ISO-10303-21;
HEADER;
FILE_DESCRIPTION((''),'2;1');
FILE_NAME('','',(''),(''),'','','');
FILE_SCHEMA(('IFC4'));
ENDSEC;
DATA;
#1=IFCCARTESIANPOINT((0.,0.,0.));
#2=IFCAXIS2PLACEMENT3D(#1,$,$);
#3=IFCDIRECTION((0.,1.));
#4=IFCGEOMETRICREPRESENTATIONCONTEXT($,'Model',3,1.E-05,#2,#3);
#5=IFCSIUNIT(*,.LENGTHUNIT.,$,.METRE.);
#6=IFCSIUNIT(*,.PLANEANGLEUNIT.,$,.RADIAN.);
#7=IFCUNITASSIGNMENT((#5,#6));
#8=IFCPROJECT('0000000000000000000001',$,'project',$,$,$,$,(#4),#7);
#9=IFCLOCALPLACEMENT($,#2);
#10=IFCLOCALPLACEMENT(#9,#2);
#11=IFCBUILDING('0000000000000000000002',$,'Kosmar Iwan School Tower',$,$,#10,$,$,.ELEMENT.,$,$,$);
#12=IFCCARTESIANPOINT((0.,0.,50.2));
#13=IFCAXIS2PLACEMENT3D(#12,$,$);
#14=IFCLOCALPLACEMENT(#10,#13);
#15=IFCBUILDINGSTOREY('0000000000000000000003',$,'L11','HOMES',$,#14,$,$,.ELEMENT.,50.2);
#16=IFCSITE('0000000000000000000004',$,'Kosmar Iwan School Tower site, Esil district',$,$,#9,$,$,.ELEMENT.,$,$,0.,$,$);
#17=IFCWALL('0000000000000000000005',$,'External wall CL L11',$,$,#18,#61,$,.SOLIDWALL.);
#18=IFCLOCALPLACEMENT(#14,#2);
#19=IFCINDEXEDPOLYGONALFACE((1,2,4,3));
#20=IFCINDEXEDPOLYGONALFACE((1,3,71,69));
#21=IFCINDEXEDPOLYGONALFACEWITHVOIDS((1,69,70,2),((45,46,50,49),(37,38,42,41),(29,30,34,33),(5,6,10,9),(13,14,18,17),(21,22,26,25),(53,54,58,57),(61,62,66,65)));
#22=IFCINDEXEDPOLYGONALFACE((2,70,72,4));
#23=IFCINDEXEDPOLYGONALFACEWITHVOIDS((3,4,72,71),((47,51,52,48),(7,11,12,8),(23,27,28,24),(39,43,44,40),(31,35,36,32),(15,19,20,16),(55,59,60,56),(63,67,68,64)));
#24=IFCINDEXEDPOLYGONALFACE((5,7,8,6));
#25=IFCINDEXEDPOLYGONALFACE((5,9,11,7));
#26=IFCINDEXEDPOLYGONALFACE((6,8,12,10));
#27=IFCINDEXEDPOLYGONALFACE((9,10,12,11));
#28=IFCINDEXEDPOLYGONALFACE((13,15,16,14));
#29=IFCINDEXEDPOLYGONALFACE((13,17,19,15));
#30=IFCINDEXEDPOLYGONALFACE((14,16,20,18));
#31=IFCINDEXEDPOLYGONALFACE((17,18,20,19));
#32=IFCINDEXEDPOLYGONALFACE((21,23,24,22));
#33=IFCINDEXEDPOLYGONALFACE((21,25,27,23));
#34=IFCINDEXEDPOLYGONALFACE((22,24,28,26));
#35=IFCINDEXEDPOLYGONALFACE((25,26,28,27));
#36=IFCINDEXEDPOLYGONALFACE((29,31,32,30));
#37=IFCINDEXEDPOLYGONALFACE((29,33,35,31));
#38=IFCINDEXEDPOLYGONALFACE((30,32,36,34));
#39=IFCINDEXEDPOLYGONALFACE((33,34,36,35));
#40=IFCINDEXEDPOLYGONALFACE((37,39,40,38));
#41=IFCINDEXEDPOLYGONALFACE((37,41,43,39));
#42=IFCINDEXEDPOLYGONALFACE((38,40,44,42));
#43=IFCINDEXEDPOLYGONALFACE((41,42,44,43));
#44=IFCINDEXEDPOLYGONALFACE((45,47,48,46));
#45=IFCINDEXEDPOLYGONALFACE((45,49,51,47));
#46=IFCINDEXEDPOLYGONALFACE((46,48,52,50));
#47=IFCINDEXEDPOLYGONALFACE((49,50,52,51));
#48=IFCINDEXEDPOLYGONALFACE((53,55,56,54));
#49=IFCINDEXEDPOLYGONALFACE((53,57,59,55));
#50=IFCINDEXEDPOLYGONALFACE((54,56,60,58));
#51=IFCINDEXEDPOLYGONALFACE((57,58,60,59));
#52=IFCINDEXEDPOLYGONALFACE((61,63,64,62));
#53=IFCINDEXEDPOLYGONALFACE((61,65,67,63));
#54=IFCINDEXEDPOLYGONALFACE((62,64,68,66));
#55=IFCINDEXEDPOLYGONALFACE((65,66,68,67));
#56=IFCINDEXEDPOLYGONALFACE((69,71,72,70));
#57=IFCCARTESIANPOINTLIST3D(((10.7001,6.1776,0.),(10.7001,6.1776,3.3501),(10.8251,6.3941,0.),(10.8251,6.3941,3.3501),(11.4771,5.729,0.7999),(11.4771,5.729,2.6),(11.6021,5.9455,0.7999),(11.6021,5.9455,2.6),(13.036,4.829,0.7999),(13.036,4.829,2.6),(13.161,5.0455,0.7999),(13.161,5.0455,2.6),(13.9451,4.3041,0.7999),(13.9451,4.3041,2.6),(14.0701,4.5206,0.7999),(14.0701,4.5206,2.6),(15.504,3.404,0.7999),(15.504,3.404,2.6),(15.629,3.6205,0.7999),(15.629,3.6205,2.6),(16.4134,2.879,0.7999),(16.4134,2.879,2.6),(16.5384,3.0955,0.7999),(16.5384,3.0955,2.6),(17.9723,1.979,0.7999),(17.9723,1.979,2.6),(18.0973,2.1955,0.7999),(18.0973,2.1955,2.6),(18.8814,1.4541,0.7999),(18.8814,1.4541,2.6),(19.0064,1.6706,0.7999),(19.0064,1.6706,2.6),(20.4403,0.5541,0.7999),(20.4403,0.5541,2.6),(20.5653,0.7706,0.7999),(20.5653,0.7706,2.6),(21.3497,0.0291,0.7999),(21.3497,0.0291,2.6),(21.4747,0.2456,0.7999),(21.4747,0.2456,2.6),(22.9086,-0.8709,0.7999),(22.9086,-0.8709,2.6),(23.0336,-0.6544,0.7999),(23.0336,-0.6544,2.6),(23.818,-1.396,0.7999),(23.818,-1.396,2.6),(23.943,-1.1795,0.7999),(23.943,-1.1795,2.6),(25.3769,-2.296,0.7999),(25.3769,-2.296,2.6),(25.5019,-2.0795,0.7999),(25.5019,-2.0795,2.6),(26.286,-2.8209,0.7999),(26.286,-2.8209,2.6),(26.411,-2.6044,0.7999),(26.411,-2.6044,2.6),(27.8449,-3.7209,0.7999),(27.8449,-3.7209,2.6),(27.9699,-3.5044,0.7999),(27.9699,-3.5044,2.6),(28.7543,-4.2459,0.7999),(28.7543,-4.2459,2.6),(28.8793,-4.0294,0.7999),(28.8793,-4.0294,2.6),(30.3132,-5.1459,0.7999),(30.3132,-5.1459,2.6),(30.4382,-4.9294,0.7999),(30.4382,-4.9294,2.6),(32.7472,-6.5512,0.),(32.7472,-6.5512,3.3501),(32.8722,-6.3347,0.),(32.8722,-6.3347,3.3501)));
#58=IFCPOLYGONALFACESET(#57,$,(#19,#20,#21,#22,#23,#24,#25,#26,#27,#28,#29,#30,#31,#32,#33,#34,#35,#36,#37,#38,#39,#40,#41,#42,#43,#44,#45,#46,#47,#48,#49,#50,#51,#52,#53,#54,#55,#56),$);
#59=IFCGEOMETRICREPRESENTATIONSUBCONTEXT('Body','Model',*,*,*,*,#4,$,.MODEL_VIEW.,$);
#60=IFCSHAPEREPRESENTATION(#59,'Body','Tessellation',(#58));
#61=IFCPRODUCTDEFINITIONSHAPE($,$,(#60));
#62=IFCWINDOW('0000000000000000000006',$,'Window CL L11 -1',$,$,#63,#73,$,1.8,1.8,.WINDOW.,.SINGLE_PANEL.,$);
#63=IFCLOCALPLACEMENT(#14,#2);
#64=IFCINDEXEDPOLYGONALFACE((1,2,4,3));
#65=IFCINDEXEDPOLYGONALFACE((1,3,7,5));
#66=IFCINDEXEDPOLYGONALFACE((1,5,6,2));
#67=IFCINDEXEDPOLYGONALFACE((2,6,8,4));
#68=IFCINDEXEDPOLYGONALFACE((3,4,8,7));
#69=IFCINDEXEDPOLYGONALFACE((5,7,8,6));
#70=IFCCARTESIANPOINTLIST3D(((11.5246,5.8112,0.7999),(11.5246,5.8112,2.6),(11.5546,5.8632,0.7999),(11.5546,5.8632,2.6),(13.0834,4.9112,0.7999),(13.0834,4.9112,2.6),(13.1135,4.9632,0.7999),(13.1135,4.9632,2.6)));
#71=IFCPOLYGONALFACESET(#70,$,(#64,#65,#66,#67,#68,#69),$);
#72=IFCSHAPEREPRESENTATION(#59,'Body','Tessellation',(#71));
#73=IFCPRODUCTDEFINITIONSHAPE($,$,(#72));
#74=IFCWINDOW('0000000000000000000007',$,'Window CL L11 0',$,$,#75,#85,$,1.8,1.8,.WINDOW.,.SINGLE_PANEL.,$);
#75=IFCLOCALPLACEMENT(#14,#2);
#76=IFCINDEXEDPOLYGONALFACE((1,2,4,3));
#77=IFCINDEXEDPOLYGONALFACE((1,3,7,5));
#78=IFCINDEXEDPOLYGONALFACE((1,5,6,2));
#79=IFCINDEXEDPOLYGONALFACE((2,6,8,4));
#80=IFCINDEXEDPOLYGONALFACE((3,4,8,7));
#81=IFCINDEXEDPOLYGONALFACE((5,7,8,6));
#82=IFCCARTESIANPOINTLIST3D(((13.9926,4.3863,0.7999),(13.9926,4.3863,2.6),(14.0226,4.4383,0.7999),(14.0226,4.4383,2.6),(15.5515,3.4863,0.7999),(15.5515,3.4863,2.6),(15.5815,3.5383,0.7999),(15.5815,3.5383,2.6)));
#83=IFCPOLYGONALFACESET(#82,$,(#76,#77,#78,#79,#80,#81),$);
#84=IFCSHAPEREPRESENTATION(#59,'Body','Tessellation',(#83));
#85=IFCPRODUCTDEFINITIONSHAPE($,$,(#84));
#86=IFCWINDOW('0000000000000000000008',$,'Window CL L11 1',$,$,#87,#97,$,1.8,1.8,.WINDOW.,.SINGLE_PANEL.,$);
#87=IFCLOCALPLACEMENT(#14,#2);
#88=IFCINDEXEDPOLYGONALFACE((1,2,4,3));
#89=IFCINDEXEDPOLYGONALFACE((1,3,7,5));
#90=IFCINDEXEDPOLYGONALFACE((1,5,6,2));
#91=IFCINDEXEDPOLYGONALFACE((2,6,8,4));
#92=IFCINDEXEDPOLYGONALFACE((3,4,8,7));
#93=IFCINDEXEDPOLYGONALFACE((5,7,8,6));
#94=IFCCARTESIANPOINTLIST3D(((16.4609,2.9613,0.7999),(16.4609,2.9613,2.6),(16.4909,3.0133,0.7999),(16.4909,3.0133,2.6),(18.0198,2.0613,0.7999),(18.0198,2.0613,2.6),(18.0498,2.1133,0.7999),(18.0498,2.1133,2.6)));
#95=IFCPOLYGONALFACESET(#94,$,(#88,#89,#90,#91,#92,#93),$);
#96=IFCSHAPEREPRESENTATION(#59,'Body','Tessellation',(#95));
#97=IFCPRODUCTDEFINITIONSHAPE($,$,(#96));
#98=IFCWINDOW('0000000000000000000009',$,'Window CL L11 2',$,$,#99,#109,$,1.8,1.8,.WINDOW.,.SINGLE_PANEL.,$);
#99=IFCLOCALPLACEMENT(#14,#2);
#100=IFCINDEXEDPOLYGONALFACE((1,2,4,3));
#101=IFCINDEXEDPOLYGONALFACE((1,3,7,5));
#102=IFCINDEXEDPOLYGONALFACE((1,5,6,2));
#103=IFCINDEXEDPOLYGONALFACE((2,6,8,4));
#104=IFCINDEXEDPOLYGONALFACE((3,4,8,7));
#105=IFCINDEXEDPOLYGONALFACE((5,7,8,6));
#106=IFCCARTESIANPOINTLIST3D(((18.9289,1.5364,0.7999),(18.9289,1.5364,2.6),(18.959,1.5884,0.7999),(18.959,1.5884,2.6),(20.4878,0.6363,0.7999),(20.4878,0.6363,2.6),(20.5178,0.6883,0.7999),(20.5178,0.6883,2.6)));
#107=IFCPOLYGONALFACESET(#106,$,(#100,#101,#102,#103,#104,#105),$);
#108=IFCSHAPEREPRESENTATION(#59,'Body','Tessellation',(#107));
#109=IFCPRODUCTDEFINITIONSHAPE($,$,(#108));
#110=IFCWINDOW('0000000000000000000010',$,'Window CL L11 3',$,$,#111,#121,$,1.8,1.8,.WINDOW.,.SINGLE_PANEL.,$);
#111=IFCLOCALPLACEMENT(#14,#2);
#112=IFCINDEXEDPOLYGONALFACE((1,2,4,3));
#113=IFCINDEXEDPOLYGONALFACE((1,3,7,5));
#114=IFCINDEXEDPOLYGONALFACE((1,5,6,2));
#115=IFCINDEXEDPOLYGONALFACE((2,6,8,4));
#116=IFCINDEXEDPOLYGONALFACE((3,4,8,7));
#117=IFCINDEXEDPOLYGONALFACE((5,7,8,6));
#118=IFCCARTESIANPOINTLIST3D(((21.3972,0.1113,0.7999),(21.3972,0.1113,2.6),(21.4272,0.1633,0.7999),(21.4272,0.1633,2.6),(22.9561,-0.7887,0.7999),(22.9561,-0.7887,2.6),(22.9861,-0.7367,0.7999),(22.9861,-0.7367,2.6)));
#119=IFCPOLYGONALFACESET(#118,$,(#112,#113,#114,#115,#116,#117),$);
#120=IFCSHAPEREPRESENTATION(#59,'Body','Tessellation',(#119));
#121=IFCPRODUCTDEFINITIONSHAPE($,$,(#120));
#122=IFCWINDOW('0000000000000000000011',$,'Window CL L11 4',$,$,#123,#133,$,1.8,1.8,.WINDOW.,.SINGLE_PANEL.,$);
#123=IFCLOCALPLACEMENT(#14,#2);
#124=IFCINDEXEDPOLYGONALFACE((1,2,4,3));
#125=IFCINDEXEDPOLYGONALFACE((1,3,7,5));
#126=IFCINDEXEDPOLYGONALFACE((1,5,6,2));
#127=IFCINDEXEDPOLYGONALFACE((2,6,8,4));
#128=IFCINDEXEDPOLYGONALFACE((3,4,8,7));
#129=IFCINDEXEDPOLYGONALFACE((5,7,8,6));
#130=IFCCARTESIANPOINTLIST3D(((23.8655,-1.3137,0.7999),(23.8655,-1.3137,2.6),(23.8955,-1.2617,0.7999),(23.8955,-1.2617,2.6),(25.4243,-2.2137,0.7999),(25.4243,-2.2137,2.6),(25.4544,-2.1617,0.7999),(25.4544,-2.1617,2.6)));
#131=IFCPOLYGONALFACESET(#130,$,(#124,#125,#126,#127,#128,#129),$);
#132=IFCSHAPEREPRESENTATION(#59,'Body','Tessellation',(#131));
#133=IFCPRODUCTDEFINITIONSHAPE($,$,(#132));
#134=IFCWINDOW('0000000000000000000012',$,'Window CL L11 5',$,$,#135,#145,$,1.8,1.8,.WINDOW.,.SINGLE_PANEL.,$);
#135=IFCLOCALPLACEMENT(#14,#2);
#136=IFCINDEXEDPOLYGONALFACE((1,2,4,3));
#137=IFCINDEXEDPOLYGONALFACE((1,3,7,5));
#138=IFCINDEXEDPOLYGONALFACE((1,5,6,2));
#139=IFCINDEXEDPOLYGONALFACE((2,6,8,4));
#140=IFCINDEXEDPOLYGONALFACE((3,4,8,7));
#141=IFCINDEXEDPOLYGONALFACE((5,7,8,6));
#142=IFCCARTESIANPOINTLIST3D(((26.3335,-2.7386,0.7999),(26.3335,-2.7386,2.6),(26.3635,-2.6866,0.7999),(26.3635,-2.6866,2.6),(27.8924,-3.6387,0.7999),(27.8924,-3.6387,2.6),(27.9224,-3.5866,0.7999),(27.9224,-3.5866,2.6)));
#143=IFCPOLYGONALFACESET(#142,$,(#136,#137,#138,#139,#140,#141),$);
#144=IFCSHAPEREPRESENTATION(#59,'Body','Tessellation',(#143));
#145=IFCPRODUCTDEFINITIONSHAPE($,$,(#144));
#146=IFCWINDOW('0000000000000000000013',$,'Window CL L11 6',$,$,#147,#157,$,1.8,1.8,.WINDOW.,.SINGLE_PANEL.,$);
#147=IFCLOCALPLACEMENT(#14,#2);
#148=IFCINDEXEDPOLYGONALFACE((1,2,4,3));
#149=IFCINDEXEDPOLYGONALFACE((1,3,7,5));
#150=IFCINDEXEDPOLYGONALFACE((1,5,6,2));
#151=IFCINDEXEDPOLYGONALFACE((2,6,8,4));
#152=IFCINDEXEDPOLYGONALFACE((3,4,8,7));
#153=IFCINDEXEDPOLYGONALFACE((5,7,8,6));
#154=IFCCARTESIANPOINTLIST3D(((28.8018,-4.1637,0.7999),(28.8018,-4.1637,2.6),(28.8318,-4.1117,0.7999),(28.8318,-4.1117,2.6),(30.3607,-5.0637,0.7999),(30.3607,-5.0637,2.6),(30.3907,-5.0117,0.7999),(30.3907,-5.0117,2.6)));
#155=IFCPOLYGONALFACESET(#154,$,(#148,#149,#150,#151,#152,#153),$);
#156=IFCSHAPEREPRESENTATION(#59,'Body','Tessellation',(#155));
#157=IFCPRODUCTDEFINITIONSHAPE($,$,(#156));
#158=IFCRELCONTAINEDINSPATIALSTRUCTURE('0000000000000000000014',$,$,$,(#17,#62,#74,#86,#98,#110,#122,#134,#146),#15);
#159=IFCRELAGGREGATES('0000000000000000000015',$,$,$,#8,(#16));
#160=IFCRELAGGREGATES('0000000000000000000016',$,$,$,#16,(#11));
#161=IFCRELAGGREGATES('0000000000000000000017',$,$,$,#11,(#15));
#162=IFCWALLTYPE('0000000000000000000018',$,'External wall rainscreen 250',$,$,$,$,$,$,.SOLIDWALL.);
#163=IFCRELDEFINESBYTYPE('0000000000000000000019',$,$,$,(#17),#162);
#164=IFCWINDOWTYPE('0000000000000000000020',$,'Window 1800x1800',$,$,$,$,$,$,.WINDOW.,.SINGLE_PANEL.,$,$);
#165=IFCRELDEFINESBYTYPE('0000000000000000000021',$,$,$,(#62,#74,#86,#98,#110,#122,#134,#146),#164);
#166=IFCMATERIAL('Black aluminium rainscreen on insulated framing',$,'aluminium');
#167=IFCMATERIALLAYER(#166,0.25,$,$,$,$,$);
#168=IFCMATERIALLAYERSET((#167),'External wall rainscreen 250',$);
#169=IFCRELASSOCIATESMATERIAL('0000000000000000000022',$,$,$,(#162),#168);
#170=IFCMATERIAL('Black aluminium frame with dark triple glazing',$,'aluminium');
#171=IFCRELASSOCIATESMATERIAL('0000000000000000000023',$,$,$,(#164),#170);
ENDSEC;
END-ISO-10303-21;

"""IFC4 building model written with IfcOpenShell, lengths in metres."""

from ifc_helpers import new_model, si_unit, direction, frame, frame_2d, origin, place, context, subcontext, project, spatial, rectangle, extrude, material, layer, layer_set, type_object, element, fill, save


model = new_model("IFC4")

# Units and contexts
model_context = context("Model", 3, precision=1e-05, world=origin(), true_north=direction((0.0, 1.0)))
body_context = subcontext(model_context, "Body", "Model", "MODEL_VIEW")
ifc_project = project(units=[si_unit("LENGTHUNIT", "METRE"), si_unit("PLANEANGLEUNIT", "RADIAN")], contexts=[model_context])

# Site, building, storey
site_placement = place(None, origin())
site = spatial("IfcSite", under=ifc_project, at=site_placement, Name="Kosmar Iwan School Tower site, Esil district", CompositionType="ELEMENT", RefElevation=0.0)
building_placement = place(site_placement, origin())
building = spatial("IfcBuilding", under=site, at=building_placement, Name="Kosmar Iwan School Tower", CompositionType="ELEMENT")
storey_placement = place(building_placement, frame((0.0, 0.0, 50.2)))
storey = spatial("IfcBuildingStorey", under=building, at=storey_placement, Name="L11", Description="HOMES", CompositionType="ELEMENT", Elevation=50.2)

# Wall, openings, windows
ifc_material_1 = material(Name="Black aluminium rainscreen on insulated framing", Category="aluminium")
ifc_layer = layer(ifc_material_1, 0.25)
ifc_layer_set = layer_set([ifc_layer], Name="External wall rainscreen 250")
wall_type = type_object("IfcWallType", Name="External wall rainscreen 250", PredefinedType="SOLIDWALL", material=ifc_layer_set)
wall_1_placement = place(storey_placement, frame((10.7625, 6.2859, 0.0), z_axis=(0.0, 0.0, 1.0), x_axis=(0.866028, -0.499996, 0.0)))
wall_1 = element("IfcWall", 1, at=wall_1_placement, inside=storey, type_object=wall_type, Name="External wall CL L11", PredefinedType="SOLIDWALL", context=body_context, shape_type="SweptSolid", body=[
    extrude(rectangle(XDim=25.4578, YDim=0.25, at=frame_2d((12.729, 0.0))), origin(), (0.0, 0.0, 1.0), 3.3501),
])
opening_1_placement = place(wall_1_placement, frame((0.8975, 0.0, 0.8)))
opening_1 = element("IfcOpeningElement", 2, at=opening_1_placement, cuts=wall_1, PredefinedType="OPENING", context=body_context, shape_type="SweptSolid", body=[
    extrude(rectangle(XDim=1.8, YDim=1.8, at=frame_2d((0.8999, 0.8999))), frame((0.0, 0.137, 0.0), z_axis=(0.0, -1.0, 0.0), x_axis=(1.0, 0.0, 0.0)), (0.0, 0.0, 1.0), 0.2739),
])
opening_2_placement = place(wall_1_placement, frame((3.7473, 0.0, 0.8)))
opening_2 = element("IfcOpeningElement", 3, at=opening_2_placement, cuts=wall_1, PredefinedType="OPENING", context=body_context, shape_type="SweptSolid", body=[
    extrude(rectangle(XDim=1.8, YDim=1.8, at=frame_2d((0.8999, 0.8999))), frame((0.0, 0.137, 0.0), z_axis=(0.0, -1.0, 0.0), x_axis=(1.0, 0.0, 0.0)), (0.0, 0.0, 1.0), 0.2739),
])
opening_3_placement = place(wall_1_placement, frame((6.5974, 0.0, 0.8)))
opening_3 = element("IfcOpeningElement", 4, at=opening_3_placement, cuts=wall_1, PredefinedType="OPENING", context=body_context, shape_type="SweptSolid", body=[
    extrude(rectangle(XDim=1.8, YDim=1.8, at=frame_2d((0.8999, 0.8999))), frame((0.0, 0.137, 0.0), z_axis=(0.0, -1.0, 0.0), x_axis=(1.0, 0.0, 0.0)), (0.0, 0.0, 1.0), 0.2739),
])
opening_4_placement = place(wall_1_placement, frame((9.4473, 0.0, 0.8)))
opening_4 = element("IfcOpeningElement", 5, at=opening_4_placement, cuts=wall_1, PredefinedType="OPENING", context=body_context, shape_type="SweptSolid", body=[
    extrude(rectangle(XDim=1.8, YDim=1.8, at=frame_2d((0.8999, 0.8999))), frame((0.0, 0.137, 0.0), z_axis=(0.0, -1.0, 0.0), x_axis=(1.0, 0.0, 0.0)), (0.0, 0.0, 1.0), 0.2739),
])
opening_5_placement = place(wall_1_placement, frame((12.2974, 0.0, 0.8)))
opening_5 = element("IfcOpeningElement", 6, at=opening_5_placement, cuts=wall_1, PredefinedType="OPENING", context=body_context, shape_type="SweptSolid", body=[
    extrude(rectangle(XDim=1.8, YDim=1.8, at=frame_2d((0.8999, 0.8999))), frame((0.0, 0.137, 0.0), z_axis=(0.0, -1.0, 0.0), x_axis=(1.0, 0.0, 0.0)), (0.0, 0.0, 1.0), 0.2739),
])
opening_6_placement = place(wall_1_placement, frame((15.1475, 0.0, 0.8)))
opening_6 = element("IfcOpeningElement", 7, at=opening_6_placement, cuts=wall_1, PredefinedType="OPENING", context=body_context, shape_type="SweptSolid", body=[
    extrude(rectangle(XDim=1.8, YDim=1.8, at=frame_2d((0.8999, 0.8999))), frame((0.0, 0.137, 0.0), z_axis=(0.0, -1.0, 0.0), x_axis=(1.0, 0.0, 0.0)), (0.0, 0.0, 1.0), 0.2739),
])
opening_7_placement = place(wall_1_placement, frame((17.9973, 0.0, 0.8)))
opening_7 = element("IfcOpeningElement", 8, at=opening_7_placement, cuts=wall_1, PredefinedType="OPENING", context=body_context, shape_type="SweptSolid", body=[
    extrude(rectangle(XDim=1.8, YDim=1.8, at=frame_2d((0.8999, 0.8999))), frame((0.0, 0.137, 0.0), z_axis=(0.0, -1.0, 0.0), x_axis=(1.0, 0.0, 0.0)), (0.0, 0.0, 1.0), 0.2739),
])
opening_8_placement = place(wall_1_placement, frame((20.8474, 0.0, 0.8)))
opening_8 = element("IfcOpeningElement", 9, at=opening_8_placement, cuts=wall_1, PredefinedType="OPENING", context=body_context, shape_type="SweptSolid", body=[
    extrude(rectangle(XDim=1.8, YDim=1.8, at=frame_2d((0.8999, 0.8999))), frame((0.0, 0.137, 0.0), z_axis=(0.0, -1.0, 0.0), x_axis=(1.0, 0.0, 0.0)), (0.0, 0.0, 1.0), 0.2739),
])
ifc_material_2 = material(Name="Black aluminium frame with dark triple glazing", Category="aluminium")
window_type = type_object("IfcWindowType", Name="Window 1800x1800", PartitioningType="SINGLE_PANEL", PredefinedType="WINDOW", material=ifc_material_2)
window_1_placement = place(opening_1_placement, origin())
window_1 = element("IfcWindow", 10, at=window_1_placement, inside=storey, type_object=window_type, Name="Window CL L11 -1", OverallHeight=1.8, OverallWidth=1.8, PartitioningType="SINGLE_PANEL", PredefinedType="WINDOW", context=body_context, shape_type="SweptSolid", body=[
    extrude(rectangle(XDim=1.8, YDim=1.8, at=frame_2d((0.8999, 0.8999))), frame((0.0, 0.03, 0.0), z_axis=(0.0, -1.0, 0.0), x_axis=(1.0, 0.0, 0.0)), (0.0, 0.0, 1.0), 0.0601),
])
fill(opening_1, window_1)
window_2_placement = place(opening_2_placement, origin())
window_2 = element("IfcWindow", 11, at=window_2_placement, inside=storey, type_object=window_type, Name="Window CL L11 0", OverallHeight=1.8, OverallWidth=1.8, PartitioningType="SINGLE_PANEL", PredefinedType="WINDOW", context=body_context, shape_type="SweptSolid", body=[
    extrude(rectangle(XDim=1.8, YDim=1.8, at=frame_2d((0.8999, 0.8999))), frame((0.0, 0.03, 0.0), z_axis=(0.0, -1.0, 0.0), x_axis=(1.0, 0.0, 0.0)), (0.0, 0.0, 1.0), 0.0601),
])
fill(opening_2, window_2)
window_3_placement = place(opening_3_placement, origin())
window_3 = element("IfcWindow", 12, at=window_3_placement, inside=storey, type_object=window_type, Name="Window CL L11 1", OverallHeight=1.8, OverallWidth=1.8, PartitioningType="SINGLE_PANEL", PredefinedType="WINDOW", context=body_context, shape_type="SweptSolid", body=[
    extrude(rectangle(XDim=1.8, YDim=1.8, at=frame_2d((0.8999, 0.8999))), frame((0.0, 0.03, 0.0), z_axis=(0.0, -1.0, 0.0), x_axis=(1.0, 0.0, 0.0)), (0.0, 0.0, 1.0), 0.0601),
])
fill(opening_3, window_3)
window_4_placement = place(opening_4_placement, origin())
window_4 = element("IfcWindow", 13, at=window_4_placement, inside=storey, type_object=window_type, Name="Window CL L11 2", OverallHeight=1.8, OverallWidth=1.8, PartitioningType="SINGLE_PANEL", PredefinedType="WINDOW", context=body_context, shape_type="SweptSolid", body=[
    extrude(rectangle(XDim=1.8, YDim=1.8, at=frame_2d((0.8999, 0.8999))), frame((0.0, 0.03, 0.0), z_axis=(0.0, -1.0, 0.0), x_axis=(1.0, 0.0, 0.0)), (0.0, 0.0, 1.0), 0.0601),
])
fill(opening_4, window_4)
window_5_placement = place(opening_5_placement, origin())
window_5 = element("IfcWindow", 14, at=window_5_placement, inside=storey, type_object=window_type, Name="Window CL L11 3", OverallHeight=1.8, OverallWidth=1.8, PartitioningType="SINGLE_PANEL", PredefinedType="WINDOW", context=body_context, shape_type="SweptSolid", body=[
    extrude(rectangle(XDim=1.8, YDim=1.8, at=frame_2d((0.8999, 0.8999))), frame((0.0, 0.03, 0.0), z_axis=(0.0, -1.0, 0.0), x_axis=(1.0, 0.0, 0.0)), (0.0, 0.0, 1.0), 0.0601),
])
fill(opening_5, window_5)
window_6_placement = place(opening_6_placement, origin())
window_6 = element("IfcWindow", 15, at=window_6_placement, inside=storey, type_object=window_type, Name="Window CL L11 4", OverallHeight=1.8, OverallWidth=1.8, PartitioningType="SINGLE_PANEL", PredefinedType="WINDOW", context=body_context, shape_type="SweptSolid", body=[
    extrude(rectangle(XDim=1.8, YDim=1.8, at=frame_2d((0.8999, 0.8999))), frame((0.0, 0.03, 0.0), z_axis=(0.0, -1.0, 0.0), x_axis=(1.0, 0.0, 0.0)), (0.0, 0.0, 1.0), 0.0601),
])
fill(opening_6, window_6)
window_7_placement = place(opening_7_placement, origin())
window_7 = element("IfcWindow", 16, at=window_7_placement, inside=storey, type_object=window_type, Name="Window CL L11 5", OverallHeight=1.8, OverallWidth=1.8, PartitioningType="SINGLE_PANEL", PredefinedType="WINDOW", context=body_context, shape_type="SweptSolid", body=[
    extrude(rectangle(XDim=1.8, YDim=1.8, at=frame_2d((0.8999, 0.8999))), frame((0.0, 0.03, 0.0), z_axis=(0.0, -1.0, 0.0), x_axis=(1.0, 0.0, 0.0)), (0.0, 0.0, 1.0), 0.0601),
])
fill(opening_7, window_7)
window_8_placement = place(opening_8_placement, origin())
window_8 = element("IfcWindow", 17, at=window_8_placement, inside=storey, type_object=window_type, Name="Window CL L11 6", OverallHeight=1.8, OverallWidth=1.8, PartitioningType="SINGLE_PANEL", PredefinedType="WINDOW", context=body_context, shape_type="SweptSolid", body=[
    extrude(rectangle(XDim=1.8, YDim=1.8, at=frame_2d((0.8999, 0.8999))), frame((0.0, 0.03, 0.0), z_axis=(0.0, -1.0, 0.0), x_axis=(1.0, 0.0, 0.0)), (0.0, 0.0, 1.0), 0.0601),
])
fill(opening_8, window_8)

save(model, "model.ifc")
